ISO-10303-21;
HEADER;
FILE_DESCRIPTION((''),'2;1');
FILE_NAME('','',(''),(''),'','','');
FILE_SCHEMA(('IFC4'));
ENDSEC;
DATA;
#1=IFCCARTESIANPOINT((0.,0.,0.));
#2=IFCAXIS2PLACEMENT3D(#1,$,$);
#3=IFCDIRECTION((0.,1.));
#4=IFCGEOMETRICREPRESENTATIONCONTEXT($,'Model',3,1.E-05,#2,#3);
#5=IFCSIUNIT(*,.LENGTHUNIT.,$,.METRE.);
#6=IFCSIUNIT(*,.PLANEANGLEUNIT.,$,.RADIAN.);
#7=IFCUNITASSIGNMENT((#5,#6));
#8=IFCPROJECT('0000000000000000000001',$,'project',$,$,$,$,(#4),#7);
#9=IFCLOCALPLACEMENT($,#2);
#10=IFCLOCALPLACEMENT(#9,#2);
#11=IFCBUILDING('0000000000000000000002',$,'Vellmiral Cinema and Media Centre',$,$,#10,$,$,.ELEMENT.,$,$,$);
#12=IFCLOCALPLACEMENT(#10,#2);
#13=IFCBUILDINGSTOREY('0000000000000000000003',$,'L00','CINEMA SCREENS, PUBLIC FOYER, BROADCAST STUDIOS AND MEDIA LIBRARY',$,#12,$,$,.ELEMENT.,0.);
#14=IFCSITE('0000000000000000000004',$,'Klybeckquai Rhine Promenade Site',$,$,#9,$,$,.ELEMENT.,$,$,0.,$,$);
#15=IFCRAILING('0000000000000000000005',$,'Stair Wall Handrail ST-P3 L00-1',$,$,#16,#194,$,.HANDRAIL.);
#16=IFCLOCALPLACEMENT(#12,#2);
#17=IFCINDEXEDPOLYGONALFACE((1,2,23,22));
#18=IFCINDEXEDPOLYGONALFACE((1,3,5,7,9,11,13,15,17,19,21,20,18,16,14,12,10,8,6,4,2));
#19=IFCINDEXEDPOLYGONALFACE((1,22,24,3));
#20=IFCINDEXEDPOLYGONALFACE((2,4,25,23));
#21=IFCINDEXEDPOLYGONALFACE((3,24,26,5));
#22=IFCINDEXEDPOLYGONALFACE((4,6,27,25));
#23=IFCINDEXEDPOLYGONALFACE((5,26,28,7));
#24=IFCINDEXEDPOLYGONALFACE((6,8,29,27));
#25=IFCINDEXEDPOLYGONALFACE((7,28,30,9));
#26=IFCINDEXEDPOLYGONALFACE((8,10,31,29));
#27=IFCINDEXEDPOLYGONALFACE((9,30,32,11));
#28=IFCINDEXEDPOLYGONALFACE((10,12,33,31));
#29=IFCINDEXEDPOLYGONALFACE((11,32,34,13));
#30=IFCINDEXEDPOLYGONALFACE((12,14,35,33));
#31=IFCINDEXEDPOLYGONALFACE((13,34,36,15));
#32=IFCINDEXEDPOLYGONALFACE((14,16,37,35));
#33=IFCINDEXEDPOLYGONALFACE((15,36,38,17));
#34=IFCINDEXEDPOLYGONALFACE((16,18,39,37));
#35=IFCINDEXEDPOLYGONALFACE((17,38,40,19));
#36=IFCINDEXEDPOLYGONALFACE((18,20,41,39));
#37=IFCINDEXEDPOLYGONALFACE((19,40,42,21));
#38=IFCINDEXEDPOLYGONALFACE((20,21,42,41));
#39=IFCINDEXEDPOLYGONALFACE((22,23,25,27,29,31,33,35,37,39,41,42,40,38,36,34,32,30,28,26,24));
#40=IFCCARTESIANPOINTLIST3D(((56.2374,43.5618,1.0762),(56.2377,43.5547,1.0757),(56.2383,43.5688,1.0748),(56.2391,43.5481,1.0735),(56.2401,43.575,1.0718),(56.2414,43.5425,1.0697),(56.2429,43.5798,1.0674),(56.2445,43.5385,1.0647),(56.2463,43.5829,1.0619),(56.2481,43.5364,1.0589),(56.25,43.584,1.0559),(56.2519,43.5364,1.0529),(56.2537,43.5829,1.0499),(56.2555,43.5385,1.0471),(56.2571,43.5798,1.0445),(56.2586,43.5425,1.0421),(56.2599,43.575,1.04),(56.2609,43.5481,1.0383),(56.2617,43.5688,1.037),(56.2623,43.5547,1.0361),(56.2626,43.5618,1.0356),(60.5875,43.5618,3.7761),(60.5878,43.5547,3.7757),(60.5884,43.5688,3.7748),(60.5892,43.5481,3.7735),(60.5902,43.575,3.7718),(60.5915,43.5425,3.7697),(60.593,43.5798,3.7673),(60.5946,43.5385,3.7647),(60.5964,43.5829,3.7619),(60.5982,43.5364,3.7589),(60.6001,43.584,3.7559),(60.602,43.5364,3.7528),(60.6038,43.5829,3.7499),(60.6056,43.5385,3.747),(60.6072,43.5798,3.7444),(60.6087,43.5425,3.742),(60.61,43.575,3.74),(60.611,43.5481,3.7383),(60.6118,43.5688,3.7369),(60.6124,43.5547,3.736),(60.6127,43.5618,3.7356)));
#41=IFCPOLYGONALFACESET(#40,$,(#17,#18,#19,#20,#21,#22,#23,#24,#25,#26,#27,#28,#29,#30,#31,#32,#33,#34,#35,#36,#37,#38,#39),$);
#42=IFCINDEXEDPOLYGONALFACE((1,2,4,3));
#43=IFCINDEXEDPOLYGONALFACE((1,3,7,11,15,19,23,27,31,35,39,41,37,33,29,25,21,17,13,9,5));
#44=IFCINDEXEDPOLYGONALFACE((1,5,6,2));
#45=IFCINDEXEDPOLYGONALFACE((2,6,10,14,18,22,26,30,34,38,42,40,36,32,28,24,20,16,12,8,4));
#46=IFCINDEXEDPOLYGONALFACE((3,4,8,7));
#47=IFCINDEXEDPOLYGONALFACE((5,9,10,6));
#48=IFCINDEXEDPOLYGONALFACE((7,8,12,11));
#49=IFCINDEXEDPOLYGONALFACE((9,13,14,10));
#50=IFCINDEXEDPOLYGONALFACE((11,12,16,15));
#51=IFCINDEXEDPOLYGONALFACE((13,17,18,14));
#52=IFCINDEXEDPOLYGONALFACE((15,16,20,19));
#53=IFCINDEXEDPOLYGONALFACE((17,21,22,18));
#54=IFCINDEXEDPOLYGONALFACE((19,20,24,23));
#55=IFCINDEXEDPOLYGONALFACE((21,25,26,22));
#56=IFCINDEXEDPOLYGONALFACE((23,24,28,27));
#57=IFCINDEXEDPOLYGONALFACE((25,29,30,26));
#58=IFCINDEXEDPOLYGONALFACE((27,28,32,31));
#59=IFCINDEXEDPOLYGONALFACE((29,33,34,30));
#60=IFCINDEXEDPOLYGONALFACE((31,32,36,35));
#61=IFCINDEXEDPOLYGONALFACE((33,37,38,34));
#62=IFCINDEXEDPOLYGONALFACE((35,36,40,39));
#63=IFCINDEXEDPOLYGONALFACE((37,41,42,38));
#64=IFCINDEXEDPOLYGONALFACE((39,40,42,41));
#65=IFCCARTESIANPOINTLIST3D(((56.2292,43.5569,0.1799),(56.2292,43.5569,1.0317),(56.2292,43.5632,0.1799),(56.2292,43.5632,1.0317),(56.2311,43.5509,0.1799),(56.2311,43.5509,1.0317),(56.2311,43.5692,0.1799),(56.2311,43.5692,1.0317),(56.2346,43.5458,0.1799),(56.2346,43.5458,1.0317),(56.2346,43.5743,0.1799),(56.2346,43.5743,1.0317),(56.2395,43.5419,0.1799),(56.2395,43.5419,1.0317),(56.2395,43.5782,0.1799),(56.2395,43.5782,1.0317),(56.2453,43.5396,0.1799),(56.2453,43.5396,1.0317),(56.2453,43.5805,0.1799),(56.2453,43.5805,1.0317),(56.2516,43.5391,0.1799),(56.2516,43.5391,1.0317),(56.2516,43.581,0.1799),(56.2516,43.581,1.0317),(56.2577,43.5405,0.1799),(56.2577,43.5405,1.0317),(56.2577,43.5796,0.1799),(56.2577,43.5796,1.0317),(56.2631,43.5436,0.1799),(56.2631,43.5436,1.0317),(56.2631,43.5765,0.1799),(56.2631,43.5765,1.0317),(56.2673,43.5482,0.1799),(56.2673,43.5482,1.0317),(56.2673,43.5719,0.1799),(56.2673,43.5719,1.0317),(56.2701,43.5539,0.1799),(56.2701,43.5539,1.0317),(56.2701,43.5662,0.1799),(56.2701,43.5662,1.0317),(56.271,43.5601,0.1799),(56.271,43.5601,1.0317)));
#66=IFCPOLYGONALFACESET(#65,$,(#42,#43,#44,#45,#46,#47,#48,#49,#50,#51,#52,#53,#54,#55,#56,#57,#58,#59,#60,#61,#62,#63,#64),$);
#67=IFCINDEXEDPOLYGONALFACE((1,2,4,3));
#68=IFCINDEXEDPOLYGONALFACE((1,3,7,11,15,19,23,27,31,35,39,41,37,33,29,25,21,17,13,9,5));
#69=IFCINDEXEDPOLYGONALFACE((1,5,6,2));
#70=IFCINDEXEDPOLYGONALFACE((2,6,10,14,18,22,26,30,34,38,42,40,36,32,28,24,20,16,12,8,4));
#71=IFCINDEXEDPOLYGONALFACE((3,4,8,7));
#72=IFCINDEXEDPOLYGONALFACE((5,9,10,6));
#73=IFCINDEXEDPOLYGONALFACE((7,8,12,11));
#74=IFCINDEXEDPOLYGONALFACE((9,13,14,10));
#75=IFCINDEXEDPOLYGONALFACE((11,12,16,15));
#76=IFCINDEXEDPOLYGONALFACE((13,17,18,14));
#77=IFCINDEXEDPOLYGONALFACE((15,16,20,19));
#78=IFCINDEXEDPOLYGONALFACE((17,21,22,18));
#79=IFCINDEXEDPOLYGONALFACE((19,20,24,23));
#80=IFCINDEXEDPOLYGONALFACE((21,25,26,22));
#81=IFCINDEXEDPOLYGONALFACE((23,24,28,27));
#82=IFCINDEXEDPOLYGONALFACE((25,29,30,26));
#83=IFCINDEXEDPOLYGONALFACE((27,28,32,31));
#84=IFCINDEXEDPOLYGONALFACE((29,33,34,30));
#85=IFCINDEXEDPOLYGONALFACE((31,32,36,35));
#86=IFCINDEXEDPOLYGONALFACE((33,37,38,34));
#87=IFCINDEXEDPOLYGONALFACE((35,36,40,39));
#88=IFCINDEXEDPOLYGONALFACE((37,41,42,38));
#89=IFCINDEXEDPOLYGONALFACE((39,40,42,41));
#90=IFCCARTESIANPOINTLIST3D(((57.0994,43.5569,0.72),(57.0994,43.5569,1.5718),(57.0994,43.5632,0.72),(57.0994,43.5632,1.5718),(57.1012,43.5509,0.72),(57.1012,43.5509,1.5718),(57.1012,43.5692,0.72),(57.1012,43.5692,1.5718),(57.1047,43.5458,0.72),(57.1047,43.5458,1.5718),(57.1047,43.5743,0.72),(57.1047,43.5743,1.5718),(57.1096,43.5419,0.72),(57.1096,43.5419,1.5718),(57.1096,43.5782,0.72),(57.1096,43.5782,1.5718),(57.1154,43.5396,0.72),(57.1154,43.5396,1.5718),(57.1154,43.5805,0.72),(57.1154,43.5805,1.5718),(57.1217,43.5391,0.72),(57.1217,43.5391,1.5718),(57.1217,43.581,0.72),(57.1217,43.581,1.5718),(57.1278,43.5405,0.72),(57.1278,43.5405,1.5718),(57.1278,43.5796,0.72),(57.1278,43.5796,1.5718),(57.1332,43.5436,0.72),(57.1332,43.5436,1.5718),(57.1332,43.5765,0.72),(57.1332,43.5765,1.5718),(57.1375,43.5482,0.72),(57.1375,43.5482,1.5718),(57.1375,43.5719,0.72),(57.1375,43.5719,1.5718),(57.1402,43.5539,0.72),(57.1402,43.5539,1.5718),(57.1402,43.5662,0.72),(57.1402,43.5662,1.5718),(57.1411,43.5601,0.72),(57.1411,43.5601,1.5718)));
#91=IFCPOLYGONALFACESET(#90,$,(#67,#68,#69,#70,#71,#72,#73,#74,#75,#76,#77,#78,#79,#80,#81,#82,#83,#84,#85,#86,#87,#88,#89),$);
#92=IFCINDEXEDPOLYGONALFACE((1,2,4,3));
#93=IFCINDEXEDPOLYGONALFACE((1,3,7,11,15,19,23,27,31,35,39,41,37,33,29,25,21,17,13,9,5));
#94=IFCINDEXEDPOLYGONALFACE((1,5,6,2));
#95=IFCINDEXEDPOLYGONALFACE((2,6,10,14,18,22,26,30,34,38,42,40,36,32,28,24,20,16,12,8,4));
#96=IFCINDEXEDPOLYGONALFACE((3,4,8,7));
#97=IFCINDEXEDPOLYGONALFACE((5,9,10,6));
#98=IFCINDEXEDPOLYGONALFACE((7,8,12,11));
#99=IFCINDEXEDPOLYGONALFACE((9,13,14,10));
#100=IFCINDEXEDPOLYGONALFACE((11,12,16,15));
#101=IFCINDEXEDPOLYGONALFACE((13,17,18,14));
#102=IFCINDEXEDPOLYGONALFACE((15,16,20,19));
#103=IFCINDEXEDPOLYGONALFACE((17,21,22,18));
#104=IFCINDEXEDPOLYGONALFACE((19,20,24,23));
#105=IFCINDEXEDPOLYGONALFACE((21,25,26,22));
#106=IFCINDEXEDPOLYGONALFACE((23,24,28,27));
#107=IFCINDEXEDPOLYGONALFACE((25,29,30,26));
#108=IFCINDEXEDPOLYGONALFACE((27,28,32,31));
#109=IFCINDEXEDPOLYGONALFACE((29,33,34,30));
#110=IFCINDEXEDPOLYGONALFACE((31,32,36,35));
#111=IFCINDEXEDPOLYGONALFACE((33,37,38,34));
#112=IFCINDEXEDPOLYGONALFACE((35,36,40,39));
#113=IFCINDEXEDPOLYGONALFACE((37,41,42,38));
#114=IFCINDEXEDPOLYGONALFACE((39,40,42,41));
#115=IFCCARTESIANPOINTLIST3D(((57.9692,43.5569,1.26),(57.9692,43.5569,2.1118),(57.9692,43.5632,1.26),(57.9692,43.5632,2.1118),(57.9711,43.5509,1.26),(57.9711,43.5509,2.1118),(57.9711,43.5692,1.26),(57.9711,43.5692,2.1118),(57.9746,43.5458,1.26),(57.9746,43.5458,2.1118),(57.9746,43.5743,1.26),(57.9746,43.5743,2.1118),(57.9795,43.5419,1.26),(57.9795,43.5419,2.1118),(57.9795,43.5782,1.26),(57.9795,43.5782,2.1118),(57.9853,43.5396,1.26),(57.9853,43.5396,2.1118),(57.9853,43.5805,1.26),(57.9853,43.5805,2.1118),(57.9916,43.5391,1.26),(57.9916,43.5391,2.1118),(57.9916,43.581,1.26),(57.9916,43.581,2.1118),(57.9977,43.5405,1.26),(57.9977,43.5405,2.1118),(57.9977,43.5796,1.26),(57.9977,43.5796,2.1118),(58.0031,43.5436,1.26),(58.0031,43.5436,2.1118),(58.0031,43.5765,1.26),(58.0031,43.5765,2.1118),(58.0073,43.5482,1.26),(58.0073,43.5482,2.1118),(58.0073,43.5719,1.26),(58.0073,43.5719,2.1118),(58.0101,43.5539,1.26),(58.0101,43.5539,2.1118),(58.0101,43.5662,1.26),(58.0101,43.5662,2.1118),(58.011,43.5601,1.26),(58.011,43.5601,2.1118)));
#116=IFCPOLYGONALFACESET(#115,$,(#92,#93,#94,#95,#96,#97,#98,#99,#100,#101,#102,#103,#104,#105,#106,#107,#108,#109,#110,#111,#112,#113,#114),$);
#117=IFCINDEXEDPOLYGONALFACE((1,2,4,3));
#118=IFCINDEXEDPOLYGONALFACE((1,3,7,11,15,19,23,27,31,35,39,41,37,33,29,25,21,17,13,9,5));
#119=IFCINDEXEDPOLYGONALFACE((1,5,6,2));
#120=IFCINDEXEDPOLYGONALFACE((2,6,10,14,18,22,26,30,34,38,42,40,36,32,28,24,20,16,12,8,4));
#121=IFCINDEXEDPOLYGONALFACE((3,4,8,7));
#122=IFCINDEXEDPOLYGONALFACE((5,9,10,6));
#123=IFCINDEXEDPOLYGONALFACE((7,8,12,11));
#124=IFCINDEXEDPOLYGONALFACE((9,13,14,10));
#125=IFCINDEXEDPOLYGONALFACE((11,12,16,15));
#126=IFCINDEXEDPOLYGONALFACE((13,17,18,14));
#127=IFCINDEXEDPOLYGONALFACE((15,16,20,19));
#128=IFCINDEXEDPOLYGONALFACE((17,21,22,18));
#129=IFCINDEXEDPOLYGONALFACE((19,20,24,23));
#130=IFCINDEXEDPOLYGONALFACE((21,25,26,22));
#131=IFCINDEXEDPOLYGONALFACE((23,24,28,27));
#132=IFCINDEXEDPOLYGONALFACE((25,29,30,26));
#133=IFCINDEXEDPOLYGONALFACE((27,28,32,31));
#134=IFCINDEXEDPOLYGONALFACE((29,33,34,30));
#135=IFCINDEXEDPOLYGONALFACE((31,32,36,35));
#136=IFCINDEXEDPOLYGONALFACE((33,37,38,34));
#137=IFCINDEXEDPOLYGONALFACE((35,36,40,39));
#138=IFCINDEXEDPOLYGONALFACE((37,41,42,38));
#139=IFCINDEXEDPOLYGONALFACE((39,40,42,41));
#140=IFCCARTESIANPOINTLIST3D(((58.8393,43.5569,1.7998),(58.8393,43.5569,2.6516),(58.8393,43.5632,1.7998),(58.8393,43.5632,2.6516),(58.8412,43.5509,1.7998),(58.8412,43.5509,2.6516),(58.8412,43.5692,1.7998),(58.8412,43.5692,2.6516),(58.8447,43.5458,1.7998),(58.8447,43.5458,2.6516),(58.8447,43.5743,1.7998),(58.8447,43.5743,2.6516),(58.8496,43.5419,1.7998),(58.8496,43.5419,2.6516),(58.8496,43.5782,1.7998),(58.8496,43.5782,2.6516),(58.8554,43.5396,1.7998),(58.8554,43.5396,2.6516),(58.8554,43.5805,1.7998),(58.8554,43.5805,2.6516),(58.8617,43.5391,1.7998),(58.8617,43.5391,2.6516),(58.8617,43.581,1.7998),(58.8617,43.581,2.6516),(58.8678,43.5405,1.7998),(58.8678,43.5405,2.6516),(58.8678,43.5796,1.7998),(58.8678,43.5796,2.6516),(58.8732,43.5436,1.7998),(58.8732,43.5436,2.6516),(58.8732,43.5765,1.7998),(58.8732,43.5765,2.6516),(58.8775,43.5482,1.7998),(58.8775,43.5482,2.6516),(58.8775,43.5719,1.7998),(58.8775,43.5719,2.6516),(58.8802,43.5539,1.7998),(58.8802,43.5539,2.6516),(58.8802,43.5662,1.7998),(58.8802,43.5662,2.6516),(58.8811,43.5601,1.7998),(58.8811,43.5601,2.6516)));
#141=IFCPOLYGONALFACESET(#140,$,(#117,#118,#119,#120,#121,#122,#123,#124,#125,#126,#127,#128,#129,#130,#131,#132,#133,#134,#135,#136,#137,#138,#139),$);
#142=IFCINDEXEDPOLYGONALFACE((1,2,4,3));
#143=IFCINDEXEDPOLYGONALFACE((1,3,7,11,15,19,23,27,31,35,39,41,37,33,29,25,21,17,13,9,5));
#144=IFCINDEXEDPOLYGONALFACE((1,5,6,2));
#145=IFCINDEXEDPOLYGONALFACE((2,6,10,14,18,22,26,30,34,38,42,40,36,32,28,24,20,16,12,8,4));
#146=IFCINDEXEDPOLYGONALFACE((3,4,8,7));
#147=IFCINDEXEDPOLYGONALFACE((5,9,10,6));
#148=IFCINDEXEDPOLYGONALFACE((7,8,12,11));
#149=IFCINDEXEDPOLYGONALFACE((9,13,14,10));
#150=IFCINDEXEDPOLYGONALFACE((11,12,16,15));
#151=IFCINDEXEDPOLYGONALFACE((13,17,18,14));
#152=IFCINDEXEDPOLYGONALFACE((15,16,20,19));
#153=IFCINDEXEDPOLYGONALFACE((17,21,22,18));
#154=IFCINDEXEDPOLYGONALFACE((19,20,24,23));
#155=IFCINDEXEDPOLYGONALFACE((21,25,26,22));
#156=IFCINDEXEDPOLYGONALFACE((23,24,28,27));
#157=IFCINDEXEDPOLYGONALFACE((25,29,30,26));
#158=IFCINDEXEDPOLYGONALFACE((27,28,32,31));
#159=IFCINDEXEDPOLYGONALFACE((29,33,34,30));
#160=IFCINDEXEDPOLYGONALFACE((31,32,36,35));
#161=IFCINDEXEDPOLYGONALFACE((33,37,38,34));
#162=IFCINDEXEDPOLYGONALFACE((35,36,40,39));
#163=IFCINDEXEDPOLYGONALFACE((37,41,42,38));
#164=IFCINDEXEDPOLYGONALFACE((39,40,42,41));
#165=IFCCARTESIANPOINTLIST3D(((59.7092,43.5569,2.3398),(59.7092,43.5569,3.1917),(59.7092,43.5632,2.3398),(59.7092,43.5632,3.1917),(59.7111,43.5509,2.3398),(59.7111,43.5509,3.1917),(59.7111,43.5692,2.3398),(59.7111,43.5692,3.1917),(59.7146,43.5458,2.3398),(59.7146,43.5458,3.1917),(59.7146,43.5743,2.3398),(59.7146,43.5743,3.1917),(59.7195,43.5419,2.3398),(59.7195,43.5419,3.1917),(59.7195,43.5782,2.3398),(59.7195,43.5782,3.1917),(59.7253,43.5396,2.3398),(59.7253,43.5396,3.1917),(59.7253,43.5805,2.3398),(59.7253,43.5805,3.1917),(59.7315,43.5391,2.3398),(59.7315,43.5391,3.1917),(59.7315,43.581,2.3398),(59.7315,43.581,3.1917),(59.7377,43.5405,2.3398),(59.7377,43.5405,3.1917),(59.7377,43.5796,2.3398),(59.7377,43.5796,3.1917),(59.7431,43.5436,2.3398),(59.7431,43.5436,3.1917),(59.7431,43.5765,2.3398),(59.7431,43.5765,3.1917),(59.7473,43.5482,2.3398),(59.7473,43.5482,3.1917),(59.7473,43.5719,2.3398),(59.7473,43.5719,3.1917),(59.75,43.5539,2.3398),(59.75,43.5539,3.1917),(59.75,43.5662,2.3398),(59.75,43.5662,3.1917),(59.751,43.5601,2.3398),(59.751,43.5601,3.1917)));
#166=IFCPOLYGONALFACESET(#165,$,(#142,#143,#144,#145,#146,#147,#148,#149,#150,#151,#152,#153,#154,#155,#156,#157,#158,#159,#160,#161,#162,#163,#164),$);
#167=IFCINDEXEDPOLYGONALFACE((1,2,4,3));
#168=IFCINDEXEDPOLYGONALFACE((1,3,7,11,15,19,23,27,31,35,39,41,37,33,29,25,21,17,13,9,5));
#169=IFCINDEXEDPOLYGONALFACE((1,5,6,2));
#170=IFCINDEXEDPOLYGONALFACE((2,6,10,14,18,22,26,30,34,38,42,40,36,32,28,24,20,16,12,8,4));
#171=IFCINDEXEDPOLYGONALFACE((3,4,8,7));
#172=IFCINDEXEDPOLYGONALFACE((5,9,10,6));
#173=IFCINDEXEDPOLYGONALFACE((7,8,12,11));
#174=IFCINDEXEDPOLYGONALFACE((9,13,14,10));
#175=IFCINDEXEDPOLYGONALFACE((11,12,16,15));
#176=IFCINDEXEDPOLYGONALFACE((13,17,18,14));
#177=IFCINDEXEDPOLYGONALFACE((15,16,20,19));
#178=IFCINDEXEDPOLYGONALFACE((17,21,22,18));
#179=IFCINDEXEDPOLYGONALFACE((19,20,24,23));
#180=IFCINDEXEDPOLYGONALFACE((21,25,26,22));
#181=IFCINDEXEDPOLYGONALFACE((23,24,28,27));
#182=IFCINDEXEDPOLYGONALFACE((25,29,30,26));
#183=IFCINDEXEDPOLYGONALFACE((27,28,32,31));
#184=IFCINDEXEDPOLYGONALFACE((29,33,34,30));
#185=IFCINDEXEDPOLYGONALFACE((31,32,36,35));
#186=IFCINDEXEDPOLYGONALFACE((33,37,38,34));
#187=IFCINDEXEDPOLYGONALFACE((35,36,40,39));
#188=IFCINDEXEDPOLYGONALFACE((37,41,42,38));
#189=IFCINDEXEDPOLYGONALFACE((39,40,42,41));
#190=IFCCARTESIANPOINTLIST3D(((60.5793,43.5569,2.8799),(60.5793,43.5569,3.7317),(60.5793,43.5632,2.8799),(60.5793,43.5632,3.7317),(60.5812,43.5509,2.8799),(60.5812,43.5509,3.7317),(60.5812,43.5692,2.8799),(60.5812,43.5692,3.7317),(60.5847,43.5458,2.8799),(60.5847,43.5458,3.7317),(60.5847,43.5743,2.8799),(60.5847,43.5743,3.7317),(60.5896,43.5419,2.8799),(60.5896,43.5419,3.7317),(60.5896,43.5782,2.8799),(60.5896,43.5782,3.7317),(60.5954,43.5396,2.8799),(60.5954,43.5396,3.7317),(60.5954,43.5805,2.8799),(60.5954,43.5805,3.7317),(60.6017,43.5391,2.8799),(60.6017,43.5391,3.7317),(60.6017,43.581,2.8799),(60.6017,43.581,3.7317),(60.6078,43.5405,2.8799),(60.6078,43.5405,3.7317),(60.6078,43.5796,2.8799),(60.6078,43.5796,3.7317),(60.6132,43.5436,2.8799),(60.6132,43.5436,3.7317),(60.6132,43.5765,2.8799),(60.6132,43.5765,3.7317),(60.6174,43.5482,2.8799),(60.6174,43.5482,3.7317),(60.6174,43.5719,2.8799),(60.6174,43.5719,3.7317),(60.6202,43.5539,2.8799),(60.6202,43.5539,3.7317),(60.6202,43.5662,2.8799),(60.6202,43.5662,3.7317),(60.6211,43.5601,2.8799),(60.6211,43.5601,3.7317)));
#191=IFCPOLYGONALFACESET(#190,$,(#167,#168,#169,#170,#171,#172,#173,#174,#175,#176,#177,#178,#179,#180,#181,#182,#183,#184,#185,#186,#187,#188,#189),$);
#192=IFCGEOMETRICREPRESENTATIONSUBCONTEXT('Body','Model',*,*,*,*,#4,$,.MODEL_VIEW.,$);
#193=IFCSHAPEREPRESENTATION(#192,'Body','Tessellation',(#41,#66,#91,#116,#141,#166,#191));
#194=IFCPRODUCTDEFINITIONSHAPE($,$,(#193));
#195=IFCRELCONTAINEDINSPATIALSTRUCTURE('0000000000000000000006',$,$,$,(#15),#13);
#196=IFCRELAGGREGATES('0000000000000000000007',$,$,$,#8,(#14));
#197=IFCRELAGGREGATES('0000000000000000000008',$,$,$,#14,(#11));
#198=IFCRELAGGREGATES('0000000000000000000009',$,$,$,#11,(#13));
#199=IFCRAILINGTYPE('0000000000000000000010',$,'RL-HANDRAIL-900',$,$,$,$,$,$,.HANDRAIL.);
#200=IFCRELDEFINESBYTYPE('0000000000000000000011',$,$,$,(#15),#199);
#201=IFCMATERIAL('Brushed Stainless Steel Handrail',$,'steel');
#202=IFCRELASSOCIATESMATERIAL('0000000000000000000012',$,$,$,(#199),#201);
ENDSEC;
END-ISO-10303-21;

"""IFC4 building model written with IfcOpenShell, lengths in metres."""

from ifc_helpers import new_model, si_unit, direction, frame, origin, origin_2d, place, context, subcontext, project, spatial, circle, extrude, material, type_object, element, save


model = new_model("IFC4")

# Units and contexts
model_context = context("Model", 3, precision=1e-05, world=origin(), true_north=direction((0.0, 1.0)))
body_context = subcontext(model_context, "Body", "Model", "MODEL_VIEW")
ifc_project = project(units=[si_unit("LENGTHUNIT", "METRE"), si_unit("PLANEANGLEUNIT", "RADIAN")], contexts=[model_context])

# Site, building, storey
site_placement = place(None, origin())
site = spatial("IfcSite", under=ifc_project, at=site_placement, Name="Klybeckquai Rhine Promenade Site", CompositionType="ELEMENT", RefElevation=0.0)
building_placement = place(site_placement, origin())
building = spatial("IfcBuilding", under=site, at=building_placement, Name="Vellmiral Cinema and Media Centre", CompositionType="ELEMENT")
storey_placement = place(building_placement, origin())
storey = spatial("IfcBuildingStorey", under=building, at=storey_placement, Name="L00", Description="CINEMA SCREENS, PUBLIC FOYER, BROADCAST STUDIOS AND MEDIA LIBRARY", CompositionType="ELEMENT", Elevation=0.0)

# Railing
ifc_material_1 = material(Name="Brushed Stainless Steel Handrail", Category="steel")
railing_type_1 = type_object("IfcRailingType", Name="RL-HANDRAIL-900", PredefinedType="HANDRAIL", material=ifc_material_1)
railing_1_placement = place(storey_placement, frame((56.25, 43.5601, 0.1799)))
element("IfcRailing", 1, at=railing_1_placement, inside=storey, type_object=railing_type_1, Name="Stair Wall Handrail ST-P3 L00-1", PredefinedType="HANDRAIL", context=body_context, shape_type="SweptSolid", body=[
    extrude(circle(Radius=0.0239, at=origin_2d()), frame((0.0, 0.0, 0.876), z_axis=(0.84965, 0.0, 0.527347), x_axis=(0.0, 1.0, 0.0)), (0.0, 0.0, 1.0), 5.1199),
    extrude(circle(Radius=0.021, at=origin_2d()), origin(), (0.0, 0.0, 1.0), 0.8518),
    extrude(circle(Radius=0.021, at=origin_2d()), frame((0.8701, 0.0, 0.54)), (0.0, 0.0, 1.0), 0.8518),
    extrude(circle(Radius=0.021, at=origin_2d()), frame((1.74, 0.0, 1.0801)), (0.0, 0.0, 1.0), 0.8518),
    extrude(circle(Radius=0.021, at=origin_2d()), frame((2.6101, 0.0, 1.6199)), (0.0, 0.0, 1.0), 0.8518),
    extrude(circle(Radius=0.021, at=origin_2d()), frame((3.48, 0.0, 2.1599)), (0.0, 0.0, 1.0), 0.8518),
    extrude(circle(Radius=0.021, at=origin_2d()), frame((4.3501, 0.0, 2.7)), (0.0, 0.0, 1.0), 0.8518),
])

save(model, "model.ifc")
